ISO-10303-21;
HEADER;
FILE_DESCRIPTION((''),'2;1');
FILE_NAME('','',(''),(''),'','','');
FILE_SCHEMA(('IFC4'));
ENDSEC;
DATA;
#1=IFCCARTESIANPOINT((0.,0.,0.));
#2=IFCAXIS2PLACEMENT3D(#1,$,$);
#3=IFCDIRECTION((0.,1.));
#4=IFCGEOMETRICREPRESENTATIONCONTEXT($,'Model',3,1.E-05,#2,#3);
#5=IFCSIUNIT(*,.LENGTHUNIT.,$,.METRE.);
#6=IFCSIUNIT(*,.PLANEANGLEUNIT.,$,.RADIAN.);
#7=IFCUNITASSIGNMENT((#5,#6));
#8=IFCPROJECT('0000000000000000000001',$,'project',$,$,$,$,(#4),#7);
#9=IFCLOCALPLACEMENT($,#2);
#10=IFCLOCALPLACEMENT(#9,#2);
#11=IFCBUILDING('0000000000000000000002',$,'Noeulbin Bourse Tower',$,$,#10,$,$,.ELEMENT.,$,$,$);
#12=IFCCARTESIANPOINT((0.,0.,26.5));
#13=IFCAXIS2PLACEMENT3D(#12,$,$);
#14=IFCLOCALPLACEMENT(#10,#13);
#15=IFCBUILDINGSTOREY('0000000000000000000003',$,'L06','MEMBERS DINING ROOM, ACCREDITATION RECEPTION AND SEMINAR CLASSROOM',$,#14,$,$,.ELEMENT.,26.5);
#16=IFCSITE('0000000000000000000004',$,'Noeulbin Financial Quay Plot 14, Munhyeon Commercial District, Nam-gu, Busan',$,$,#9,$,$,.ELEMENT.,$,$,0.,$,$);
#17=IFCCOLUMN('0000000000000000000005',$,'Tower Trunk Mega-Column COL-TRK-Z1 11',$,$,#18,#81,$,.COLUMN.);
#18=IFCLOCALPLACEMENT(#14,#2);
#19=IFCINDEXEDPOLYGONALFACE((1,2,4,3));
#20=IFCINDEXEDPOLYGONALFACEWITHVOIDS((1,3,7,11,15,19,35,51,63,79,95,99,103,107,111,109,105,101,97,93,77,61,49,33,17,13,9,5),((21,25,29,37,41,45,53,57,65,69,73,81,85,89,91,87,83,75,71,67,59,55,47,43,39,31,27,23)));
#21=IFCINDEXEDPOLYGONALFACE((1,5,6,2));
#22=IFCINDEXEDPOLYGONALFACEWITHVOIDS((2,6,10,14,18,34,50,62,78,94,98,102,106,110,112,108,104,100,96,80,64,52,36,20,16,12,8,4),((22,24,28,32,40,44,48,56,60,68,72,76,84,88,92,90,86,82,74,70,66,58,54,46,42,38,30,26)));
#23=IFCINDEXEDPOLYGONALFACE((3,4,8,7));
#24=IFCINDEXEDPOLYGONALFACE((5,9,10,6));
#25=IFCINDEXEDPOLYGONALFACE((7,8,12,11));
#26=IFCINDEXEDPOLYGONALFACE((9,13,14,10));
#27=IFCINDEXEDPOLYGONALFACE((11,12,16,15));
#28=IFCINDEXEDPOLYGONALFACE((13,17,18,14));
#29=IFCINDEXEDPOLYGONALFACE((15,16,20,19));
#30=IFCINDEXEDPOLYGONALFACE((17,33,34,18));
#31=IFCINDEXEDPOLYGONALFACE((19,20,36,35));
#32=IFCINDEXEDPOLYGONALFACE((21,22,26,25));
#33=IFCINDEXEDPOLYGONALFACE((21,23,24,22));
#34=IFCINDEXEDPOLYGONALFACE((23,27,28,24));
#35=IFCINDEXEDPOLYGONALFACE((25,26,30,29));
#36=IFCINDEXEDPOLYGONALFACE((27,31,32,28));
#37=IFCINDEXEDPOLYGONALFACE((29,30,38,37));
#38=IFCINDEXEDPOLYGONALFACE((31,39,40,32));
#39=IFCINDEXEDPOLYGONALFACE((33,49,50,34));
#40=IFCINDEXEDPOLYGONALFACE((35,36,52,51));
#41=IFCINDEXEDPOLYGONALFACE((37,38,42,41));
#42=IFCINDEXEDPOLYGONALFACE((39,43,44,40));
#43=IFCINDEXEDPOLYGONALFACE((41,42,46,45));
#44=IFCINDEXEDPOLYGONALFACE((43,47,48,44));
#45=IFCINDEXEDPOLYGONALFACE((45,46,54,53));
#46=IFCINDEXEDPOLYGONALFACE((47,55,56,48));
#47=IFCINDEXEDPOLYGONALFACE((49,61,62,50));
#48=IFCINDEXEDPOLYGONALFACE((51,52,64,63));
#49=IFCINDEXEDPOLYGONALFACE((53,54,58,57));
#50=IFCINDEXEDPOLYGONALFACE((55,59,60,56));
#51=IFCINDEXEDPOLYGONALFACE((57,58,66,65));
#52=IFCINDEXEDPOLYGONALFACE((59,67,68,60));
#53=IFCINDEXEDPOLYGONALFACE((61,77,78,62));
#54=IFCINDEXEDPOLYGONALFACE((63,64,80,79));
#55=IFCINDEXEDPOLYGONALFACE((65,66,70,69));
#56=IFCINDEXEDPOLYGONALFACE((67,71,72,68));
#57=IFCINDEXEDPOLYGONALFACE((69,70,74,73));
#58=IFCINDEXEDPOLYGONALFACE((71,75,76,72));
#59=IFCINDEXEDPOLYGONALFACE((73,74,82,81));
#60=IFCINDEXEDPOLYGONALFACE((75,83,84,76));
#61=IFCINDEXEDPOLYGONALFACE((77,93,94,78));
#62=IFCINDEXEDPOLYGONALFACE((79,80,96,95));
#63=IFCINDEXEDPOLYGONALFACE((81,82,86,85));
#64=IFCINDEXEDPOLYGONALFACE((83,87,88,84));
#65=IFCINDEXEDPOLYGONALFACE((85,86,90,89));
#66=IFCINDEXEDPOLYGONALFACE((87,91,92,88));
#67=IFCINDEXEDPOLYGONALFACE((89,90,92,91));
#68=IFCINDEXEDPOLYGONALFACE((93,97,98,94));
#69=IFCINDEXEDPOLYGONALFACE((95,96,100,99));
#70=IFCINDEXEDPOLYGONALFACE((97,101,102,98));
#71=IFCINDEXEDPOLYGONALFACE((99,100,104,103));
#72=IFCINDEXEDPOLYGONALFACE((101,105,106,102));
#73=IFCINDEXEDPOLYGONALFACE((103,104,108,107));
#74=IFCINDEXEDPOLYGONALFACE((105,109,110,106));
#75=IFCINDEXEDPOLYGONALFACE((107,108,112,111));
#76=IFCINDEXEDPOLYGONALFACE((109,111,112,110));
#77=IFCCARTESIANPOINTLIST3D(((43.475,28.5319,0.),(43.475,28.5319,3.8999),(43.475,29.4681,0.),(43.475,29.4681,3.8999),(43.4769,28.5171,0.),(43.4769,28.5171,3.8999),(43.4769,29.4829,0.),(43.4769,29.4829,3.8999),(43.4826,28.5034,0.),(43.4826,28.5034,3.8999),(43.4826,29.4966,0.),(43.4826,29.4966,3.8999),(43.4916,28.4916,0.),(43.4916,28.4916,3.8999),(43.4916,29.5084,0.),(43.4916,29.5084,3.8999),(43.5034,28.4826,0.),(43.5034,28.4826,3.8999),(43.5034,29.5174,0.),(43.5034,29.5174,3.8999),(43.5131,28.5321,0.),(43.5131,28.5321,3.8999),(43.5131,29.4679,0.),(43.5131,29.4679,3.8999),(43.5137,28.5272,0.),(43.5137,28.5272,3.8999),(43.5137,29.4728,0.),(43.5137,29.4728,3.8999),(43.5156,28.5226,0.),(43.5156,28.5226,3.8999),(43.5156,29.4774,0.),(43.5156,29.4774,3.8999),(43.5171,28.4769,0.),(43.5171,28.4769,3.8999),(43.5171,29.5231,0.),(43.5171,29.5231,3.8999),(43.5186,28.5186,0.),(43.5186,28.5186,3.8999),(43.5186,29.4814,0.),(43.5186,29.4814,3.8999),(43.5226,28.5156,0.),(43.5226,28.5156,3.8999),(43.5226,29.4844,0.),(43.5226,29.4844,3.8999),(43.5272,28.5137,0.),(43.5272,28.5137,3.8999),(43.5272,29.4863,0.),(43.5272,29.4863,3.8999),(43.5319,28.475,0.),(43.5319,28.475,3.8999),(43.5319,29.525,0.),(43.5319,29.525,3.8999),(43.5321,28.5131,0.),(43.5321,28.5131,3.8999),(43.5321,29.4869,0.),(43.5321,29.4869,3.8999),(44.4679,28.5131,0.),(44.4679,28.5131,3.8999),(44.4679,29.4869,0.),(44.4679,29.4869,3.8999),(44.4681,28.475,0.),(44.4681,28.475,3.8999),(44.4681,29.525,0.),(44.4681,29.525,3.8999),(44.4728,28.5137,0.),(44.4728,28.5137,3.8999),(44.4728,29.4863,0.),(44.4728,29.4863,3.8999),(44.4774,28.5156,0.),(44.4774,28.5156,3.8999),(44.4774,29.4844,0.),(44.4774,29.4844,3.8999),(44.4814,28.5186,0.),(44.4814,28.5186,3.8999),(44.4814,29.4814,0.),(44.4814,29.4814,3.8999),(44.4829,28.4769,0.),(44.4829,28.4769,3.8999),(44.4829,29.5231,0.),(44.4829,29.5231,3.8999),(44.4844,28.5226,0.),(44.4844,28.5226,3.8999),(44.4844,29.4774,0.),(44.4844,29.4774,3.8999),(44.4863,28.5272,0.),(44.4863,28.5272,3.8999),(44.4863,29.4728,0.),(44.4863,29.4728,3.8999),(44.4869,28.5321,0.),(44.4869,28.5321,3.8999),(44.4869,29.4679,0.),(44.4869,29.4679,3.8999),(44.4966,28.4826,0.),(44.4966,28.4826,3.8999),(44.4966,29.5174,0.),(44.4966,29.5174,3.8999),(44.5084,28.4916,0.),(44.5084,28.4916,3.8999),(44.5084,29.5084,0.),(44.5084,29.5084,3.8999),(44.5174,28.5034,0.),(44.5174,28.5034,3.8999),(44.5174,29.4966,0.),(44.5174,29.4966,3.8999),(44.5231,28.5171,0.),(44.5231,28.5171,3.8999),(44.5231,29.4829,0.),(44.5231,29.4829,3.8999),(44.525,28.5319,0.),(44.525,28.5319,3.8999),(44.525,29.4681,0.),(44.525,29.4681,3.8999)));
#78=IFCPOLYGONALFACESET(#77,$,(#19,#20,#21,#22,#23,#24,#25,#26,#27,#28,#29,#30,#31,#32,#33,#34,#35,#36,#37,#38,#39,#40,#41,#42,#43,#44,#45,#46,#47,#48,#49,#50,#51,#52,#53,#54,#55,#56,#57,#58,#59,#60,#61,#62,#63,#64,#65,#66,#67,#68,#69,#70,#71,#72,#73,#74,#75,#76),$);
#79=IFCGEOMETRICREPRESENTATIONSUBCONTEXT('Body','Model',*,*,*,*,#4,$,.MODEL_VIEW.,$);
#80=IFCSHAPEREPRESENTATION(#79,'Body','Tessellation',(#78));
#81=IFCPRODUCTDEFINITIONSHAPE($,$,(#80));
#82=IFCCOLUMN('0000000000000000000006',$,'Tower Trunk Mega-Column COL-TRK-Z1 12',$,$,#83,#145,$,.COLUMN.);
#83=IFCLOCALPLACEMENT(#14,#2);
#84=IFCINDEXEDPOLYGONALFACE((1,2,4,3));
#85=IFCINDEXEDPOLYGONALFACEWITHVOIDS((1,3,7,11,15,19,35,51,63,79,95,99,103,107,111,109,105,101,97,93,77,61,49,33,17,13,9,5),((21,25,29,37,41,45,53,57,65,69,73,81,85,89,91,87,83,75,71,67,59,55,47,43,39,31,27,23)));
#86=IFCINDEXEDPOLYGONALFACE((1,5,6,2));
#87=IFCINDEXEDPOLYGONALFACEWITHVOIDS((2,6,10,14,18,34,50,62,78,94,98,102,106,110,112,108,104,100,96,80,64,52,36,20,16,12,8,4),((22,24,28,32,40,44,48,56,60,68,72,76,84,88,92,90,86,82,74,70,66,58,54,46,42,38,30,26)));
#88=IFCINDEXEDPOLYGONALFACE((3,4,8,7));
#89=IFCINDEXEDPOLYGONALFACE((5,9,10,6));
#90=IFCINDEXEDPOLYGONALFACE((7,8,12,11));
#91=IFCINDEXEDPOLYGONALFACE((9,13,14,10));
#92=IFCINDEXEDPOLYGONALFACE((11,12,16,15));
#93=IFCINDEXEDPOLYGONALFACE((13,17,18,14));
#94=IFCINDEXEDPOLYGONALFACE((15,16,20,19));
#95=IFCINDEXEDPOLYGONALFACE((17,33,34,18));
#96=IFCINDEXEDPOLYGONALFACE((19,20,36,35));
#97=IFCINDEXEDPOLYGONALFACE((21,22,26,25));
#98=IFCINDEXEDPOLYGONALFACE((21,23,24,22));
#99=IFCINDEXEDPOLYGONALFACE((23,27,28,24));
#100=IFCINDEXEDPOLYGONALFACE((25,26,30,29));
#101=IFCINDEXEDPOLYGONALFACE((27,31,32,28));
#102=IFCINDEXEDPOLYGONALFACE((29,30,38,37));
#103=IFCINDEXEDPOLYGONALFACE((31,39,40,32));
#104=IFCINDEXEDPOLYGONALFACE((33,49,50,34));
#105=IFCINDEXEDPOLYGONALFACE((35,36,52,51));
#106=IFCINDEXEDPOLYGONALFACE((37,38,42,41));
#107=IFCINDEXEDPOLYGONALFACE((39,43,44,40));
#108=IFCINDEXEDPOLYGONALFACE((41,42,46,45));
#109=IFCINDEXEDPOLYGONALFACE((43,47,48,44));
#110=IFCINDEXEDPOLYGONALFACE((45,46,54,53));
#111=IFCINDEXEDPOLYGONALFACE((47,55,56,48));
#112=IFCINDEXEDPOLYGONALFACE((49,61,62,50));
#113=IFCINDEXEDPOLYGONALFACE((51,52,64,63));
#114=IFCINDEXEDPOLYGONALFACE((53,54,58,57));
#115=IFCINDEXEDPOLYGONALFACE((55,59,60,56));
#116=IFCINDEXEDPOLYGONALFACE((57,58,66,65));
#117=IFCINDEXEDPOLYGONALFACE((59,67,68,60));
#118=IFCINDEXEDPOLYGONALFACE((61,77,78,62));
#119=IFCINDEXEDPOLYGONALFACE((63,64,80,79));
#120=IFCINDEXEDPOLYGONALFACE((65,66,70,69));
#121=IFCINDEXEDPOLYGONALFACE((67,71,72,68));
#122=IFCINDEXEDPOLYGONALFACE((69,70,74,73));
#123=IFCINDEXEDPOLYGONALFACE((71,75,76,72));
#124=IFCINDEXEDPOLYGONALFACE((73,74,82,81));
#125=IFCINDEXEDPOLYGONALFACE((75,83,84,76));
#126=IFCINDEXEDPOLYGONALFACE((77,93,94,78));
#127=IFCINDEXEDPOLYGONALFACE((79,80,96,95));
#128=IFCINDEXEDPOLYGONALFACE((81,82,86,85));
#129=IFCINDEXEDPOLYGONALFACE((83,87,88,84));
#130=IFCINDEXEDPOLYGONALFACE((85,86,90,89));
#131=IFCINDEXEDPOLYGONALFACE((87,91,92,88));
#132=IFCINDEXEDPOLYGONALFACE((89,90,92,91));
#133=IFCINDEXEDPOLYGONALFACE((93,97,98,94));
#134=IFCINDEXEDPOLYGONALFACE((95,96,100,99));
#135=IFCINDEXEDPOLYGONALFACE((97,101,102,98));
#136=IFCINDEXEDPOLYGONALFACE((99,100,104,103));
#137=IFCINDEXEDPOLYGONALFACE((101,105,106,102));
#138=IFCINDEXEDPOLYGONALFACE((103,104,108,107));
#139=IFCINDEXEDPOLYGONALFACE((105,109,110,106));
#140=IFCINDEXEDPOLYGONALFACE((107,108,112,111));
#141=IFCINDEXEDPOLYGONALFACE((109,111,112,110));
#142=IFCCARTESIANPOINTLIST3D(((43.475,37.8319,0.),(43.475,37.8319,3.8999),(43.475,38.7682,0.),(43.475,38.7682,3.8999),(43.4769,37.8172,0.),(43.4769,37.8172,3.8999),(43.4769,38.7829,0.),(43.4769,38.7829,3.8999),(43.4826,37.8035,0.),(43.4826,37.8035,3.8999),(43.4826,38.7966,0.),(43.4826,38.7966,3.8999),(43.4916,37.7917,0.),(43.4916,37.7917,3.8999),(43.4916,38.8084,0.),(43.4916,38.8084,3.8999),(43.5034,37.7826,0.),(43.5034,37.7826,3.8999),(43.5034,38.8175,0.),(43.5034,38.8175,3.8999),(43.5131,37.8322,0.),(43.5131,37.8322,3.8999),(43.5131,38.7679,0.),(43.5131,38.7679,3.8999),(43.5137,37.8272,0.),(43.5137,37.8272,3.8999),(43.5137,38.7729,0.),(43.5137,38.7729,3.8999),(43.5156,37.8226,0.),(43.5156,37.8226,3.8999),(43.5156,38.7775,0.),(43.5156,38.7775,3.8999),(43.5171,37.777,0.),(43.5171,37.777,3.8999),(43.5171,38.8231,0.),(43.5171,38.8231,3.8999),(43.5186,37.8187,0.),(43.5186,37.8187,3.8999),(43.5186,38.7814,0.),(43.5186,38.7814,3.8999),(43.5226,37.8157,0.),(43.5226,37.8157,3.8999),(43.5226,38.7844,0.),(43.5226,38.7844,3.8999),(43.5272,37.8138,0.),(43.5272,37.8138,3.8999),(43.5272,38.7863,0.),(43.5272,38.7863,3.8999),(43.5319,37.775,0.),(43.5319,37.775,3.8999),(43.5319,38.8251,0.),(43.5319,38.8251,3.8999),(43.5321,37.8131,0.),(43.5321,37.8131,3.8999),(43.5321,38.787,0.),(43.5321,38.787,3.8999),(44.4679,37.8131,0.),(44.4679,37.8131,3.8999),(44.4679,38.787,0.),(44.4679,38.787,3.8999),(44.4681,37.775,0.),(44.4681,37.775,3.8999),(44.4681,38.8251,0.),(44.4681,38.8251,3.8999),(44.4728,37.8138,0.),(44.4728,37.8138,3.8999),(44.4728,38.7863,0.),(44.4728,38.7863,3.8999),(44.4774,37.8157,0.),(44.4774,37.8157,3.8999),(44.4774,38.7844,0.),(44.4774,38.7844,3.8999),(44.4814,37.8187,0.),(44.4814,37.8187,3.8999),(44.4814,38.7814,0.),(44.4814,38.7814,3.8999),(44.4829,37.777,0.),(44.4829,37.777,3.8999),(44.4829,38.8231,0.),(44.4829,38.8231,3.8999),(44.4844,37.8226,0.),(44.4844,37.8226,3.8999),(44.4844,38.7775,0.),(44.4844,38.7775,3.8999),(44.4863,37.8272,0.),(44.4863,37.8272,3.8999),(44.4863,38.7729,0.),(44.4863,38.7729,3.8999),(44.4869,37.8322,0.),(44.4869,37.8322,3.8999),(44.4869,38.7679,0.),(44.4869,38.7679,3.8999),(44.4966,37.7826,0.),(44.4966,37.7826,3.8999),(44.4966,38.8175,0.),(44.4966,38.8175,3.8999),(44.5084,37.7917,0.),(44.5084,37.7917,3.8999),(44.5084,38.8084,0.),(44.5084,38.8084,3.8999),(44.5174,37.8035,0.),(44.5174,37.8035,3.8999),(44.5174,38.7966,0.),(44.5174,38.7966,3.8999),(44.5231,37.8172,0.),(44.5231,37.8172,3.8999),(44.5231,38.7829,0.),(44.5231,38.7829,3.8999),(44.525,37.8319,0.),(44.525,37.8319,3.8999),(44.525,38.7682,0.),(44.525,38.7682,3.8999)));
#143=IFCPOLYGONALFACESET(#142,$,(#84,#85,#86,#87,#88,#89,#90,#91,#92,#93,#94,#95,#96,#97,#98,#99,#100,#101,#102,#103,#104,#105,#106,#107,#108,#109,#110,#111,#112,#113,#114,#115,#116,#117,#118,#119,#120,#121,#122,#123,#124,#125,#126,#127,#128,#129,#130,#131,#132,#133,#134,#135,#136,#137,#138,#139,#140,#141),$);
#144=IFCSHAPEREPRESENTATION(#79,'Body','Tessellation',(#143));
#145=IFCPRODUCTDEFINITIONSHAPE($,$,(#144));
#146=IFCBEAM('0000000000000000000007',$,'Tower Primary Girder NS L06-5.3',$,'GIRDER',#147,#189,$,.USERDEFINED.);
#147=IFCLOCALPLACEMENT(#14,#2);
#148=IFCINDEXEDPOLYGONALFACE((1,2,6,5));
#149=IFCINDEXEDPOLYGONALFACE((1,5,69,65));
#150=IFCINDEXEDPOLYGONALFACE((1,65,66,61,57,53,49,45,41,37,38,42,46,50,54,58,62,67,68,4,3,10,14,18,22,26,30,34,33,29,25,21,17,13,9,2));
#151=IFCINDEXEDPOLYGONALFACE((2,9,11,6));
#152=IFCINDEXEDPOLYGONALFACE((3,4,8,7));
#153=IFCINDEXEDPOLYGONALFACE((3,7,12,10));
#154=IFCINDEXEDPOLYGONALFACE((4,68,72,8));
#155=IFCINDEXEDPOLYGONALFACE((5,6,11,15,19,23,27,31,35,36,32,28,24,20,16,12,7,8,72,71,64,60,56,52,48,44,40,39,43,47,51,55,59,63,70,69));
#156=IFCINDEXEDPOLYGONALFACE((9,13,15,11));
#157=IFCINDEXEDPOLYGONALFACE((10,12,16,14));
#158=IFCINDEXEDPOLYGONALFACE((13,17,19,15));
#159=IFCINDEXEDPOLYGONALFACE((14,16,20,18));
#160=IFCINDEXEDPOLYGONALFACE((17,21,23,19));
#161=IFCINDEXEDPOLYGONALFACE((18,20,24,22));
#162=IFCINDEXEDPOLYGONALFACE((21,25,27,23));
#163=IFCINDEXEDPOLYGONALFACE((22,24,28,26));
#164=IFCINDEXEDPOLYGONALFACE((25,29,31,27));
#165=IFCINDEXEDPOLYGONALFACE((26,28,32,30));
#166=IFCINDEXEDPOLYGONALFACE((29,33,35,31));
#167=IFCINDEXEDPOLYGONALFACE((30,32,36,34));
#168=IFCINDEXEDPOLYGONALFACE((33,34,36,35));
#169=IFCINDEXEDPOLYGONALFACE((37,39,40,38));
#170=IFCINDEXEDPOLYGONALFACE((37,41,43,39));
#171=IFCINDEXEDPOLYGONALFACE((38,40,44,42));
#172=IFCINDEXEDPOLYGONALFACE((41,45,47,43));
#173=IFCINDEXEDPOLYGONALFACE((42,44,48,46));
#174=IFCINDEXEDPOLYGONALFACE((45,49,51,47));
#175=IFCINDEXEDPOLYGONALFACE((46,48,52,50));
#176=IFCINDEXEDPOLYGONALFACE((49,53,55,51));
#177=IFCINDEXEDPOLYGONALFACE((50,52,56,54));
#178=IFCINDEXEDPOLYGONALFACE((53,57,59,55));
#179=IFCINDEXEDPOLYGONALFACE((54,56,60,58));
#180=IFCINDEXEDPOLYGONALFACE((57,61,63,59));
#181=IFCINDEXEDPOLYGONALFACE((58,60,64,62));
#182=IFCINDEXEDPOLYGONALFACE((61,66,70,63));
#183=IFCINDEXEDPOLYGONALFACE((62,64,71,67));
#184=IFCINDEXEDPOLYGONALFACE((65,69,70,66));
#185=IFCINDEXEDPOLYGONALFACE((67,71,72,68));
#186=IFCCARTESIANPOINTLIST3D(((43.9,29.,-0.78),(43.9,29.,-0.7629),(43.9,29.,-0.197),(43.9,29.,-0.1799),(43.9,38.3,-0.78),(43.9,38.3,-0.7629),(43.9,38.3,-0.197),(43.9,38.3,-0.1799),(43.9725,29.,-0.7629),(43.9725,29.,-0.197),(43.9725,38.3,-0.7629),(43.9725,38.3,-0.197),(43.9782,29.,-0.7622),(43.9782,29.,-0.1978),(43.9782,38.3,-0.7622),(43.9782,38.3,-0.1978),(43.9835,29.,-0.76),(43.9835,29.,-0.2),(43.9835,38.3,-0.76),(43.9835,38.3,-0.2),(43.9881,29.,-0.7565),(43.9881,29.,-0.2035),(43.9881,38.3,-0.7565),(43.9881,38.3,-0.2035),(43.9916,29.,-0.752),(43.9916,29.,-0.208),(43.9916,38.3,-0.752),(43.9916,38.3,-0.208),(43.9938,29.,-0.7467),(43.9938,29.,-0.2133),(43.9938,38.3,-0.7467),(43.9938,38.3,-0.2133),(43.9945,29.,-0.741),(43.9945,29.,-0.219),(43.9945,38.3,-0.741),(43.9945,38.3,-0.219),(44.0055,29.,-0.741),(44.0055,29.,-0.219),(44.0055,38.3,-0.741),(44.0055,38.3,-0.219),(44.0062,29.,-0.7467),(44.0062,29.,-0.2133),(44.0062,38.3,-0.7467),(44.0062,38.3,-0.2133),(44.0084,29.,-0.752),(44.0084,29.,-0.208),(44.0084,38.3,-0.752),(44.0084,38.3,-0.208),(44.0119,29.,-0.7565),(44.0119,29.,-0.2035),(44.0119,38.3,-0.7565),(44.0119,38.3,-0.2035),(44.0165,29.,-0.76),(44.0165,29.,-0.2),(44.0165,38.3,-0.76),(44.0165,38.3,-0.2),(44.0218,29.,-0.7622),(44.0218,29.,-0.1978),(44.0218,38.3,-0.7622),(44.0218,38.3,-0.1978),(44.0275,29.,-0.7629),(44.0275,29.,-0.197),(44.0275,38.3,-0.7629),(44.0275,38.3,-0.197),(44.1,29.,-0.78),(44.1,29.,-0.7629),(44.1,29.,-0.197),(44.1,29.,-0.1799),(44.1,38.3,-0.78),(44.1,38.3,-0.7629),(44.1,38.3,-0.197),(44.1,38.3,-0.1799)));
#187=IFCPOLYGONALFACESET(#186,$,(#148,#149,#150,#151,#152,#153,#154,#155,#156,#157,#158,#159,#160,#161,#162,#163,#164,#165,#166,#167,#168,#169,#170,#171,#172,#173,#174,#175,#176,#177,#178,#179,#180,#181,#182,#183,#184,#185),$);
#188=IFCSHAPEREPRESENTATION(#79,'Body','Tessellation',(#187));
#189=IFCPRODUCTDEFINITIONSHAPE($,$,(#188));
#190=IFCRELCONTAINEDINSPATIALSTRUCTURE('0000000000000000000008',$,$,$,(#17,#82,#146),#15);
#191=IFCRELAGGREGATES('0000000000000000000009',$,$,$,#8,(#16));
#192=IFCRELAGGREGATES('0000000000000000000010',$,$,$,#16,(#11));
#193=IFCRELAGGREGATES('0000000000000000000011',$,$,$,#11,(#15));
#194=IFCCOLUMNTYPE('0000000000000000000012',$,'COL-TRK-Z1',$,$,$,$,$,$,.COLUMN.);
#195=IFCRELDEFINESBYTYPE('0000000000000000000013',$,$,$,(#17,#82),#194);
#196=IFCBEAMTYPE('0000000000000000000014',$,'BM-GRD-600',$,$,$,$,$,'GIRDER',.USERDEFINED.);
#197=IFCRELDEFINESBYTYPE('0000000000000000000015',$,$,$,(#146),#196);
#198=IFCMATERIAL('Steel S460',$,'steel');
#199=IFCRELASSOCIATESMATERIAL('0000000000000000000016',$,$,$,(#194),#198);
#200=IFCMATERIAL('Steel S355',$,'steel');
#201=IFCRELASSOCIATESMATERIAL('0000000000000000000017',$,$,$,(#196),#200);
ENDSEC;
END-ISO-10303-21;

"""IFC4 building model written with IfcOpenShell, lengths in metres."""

from ifc_helpers import new_model, si_unit, direction, frame, origin, origin_2d, place, context, subcontext, project, spatial, hollow_rectangle, i_section, extrude, material, material_profile, profile_set, type_object, element, save


model = new_model("IFC4")

# Units and contexts
model_context = context("Model", 3, precision=1e-05, world=origin(), true_north=direction((0.0, 1.0)))
body_context = subcontext(model_context, "Body", "Model", "MODEL_VIEW")
ifc_project = project(units=[si_unit("LENGTHUNIT", "METRE"), si_unit("PLANEANGLEUNIT", "RADIAN")], contexts=[model_context])

# Site, building, storey
site_placement = place(None, origin())
site = spatial("IfcSite", under=ifc_project, at=site_placement, Name="Noeulbin Financial Quay Plot 14, Munhyeon Commercial District, Nam-gu, Busan", CompositionType="ELEMENT", RefElevation=0.0)
building_placement = place(site_placement, origin())
building = spatial("IfcBuilding", under=site, at=building_placement, Name="Noeulbin Bourse Tower", CompositionType="ELEMENT")
storey_placement = place(building_placement, frame((0.0, 0.0, 26.5)))
storey = spatial("IfcBuildingStorey", under=building, at=storey_placement, Name="L06", Description="MEMBERS DINING ROOM, ACCREDITATION RECEPTION AND SEMINAR CLASSROOM", CompositionType="ELEMENT", Elevation=26.5)

# Columns
ifc_material_1 = material(Name="Steel S460", Category="steel")
ifc_material_profile_1 = material_profile(ifc_material_1, hollow_rectangle(XDim=1.05, YDim=1.05, WallThickness=0.0381, InnerFilletRadius=0.019, OuterFilletRadius=0.0569, at=origin_2d()), Name="BOX-1050x1050x38", Category="LoadBearing")
ifc_profile_set_1 = profile_set([ifc_material_profile_1], Name="Steel S460")
column_type_1 = type_object("IfcColumnType", Name="COL-TRK-Z1", PredefinedType="COLUMN", material=ifc_profile_set_1)
for number, where, z_axis, x_axis, name in (
    (1, (44.0, 29.0, 0.0), (0.0, 0.0, 1.0), (1.0, 0.0, 0.0), "Tower Trunk Mega-Column COL-TRK-Z1 11"),
    (2, (44.0, 38.3, 0.0), (0.0, 0.0, 1.0), (1.0, 0.0, 0.0), "Tower Trunk Mega-Column COL-TRK-Z1 12"),
):
    element("IfcColumn", number, at=place(storey_placement, frame(where, z_axis=z_axis, x_axis=x_axis)), inside=storey, type_object=column_type_1, Name=name, PredefinedType="COLUMN", context=body_context, shape_type="SweptSolid", body=[
        extrude(hollow_rectangle(XDim=1.05, YDim=1.05, WallThickness=0.0381, InnerFilletRadius=0.019, OuterFilletRadius=0.0569, at=origin_2d()), origin(), (0.0, 0.0, 1.0), 3.8999),
    ])

# Beam
ifc_material_2 = material(Name="Steel S355", Category="steel")
ifc_material_profile_2 = material_profile(ifc_material_2, i_section(OverallWidth=0.2, OverallDepth=0.6001, WebThickness=0.011, FlangeThickness=0.0171, FilletRadius=0.022, at=origin_2d()), Name="H-600x200x11x17", Category="LoadBearing")
ifc_profile_set_2 = profile_set([ifc_material_profile_2], Name="Steel S355")
beam_type_1 = type_object("IfcBeamType", Name="BM-GRD-600", ElementType="GIRDER", PredefinedType="USERDEFINED", material=ifc_profile_set_2)
beam_1_placement = place(storey_placement, frame((44.0, 29.0, -0.48), z_axis=(0.0, 1.0, 0.0), x_axis=(-1.0, 0.0, 0.0)))
element("IfcBeam", 3, at=beam_1_placement, inside=storey, type_object=beam_type_1, Name="Tower Primary Girder NS L06-5.3", ObjectType="GIRDER", PredefinedType="USERDEFINED", context=body_context, shape_type="SweptSolid", body=[
    extrude(i_section(OverallWidth=0.2, OverallDepth=0.6001, WebThickness=0.011, FlangeThickness=0.0171, FilletRadius=0.022, at=origin_2d()), origin(), (0.0, 0.0, 1.0), 9.3),
])

save(model, "model.ifc")
